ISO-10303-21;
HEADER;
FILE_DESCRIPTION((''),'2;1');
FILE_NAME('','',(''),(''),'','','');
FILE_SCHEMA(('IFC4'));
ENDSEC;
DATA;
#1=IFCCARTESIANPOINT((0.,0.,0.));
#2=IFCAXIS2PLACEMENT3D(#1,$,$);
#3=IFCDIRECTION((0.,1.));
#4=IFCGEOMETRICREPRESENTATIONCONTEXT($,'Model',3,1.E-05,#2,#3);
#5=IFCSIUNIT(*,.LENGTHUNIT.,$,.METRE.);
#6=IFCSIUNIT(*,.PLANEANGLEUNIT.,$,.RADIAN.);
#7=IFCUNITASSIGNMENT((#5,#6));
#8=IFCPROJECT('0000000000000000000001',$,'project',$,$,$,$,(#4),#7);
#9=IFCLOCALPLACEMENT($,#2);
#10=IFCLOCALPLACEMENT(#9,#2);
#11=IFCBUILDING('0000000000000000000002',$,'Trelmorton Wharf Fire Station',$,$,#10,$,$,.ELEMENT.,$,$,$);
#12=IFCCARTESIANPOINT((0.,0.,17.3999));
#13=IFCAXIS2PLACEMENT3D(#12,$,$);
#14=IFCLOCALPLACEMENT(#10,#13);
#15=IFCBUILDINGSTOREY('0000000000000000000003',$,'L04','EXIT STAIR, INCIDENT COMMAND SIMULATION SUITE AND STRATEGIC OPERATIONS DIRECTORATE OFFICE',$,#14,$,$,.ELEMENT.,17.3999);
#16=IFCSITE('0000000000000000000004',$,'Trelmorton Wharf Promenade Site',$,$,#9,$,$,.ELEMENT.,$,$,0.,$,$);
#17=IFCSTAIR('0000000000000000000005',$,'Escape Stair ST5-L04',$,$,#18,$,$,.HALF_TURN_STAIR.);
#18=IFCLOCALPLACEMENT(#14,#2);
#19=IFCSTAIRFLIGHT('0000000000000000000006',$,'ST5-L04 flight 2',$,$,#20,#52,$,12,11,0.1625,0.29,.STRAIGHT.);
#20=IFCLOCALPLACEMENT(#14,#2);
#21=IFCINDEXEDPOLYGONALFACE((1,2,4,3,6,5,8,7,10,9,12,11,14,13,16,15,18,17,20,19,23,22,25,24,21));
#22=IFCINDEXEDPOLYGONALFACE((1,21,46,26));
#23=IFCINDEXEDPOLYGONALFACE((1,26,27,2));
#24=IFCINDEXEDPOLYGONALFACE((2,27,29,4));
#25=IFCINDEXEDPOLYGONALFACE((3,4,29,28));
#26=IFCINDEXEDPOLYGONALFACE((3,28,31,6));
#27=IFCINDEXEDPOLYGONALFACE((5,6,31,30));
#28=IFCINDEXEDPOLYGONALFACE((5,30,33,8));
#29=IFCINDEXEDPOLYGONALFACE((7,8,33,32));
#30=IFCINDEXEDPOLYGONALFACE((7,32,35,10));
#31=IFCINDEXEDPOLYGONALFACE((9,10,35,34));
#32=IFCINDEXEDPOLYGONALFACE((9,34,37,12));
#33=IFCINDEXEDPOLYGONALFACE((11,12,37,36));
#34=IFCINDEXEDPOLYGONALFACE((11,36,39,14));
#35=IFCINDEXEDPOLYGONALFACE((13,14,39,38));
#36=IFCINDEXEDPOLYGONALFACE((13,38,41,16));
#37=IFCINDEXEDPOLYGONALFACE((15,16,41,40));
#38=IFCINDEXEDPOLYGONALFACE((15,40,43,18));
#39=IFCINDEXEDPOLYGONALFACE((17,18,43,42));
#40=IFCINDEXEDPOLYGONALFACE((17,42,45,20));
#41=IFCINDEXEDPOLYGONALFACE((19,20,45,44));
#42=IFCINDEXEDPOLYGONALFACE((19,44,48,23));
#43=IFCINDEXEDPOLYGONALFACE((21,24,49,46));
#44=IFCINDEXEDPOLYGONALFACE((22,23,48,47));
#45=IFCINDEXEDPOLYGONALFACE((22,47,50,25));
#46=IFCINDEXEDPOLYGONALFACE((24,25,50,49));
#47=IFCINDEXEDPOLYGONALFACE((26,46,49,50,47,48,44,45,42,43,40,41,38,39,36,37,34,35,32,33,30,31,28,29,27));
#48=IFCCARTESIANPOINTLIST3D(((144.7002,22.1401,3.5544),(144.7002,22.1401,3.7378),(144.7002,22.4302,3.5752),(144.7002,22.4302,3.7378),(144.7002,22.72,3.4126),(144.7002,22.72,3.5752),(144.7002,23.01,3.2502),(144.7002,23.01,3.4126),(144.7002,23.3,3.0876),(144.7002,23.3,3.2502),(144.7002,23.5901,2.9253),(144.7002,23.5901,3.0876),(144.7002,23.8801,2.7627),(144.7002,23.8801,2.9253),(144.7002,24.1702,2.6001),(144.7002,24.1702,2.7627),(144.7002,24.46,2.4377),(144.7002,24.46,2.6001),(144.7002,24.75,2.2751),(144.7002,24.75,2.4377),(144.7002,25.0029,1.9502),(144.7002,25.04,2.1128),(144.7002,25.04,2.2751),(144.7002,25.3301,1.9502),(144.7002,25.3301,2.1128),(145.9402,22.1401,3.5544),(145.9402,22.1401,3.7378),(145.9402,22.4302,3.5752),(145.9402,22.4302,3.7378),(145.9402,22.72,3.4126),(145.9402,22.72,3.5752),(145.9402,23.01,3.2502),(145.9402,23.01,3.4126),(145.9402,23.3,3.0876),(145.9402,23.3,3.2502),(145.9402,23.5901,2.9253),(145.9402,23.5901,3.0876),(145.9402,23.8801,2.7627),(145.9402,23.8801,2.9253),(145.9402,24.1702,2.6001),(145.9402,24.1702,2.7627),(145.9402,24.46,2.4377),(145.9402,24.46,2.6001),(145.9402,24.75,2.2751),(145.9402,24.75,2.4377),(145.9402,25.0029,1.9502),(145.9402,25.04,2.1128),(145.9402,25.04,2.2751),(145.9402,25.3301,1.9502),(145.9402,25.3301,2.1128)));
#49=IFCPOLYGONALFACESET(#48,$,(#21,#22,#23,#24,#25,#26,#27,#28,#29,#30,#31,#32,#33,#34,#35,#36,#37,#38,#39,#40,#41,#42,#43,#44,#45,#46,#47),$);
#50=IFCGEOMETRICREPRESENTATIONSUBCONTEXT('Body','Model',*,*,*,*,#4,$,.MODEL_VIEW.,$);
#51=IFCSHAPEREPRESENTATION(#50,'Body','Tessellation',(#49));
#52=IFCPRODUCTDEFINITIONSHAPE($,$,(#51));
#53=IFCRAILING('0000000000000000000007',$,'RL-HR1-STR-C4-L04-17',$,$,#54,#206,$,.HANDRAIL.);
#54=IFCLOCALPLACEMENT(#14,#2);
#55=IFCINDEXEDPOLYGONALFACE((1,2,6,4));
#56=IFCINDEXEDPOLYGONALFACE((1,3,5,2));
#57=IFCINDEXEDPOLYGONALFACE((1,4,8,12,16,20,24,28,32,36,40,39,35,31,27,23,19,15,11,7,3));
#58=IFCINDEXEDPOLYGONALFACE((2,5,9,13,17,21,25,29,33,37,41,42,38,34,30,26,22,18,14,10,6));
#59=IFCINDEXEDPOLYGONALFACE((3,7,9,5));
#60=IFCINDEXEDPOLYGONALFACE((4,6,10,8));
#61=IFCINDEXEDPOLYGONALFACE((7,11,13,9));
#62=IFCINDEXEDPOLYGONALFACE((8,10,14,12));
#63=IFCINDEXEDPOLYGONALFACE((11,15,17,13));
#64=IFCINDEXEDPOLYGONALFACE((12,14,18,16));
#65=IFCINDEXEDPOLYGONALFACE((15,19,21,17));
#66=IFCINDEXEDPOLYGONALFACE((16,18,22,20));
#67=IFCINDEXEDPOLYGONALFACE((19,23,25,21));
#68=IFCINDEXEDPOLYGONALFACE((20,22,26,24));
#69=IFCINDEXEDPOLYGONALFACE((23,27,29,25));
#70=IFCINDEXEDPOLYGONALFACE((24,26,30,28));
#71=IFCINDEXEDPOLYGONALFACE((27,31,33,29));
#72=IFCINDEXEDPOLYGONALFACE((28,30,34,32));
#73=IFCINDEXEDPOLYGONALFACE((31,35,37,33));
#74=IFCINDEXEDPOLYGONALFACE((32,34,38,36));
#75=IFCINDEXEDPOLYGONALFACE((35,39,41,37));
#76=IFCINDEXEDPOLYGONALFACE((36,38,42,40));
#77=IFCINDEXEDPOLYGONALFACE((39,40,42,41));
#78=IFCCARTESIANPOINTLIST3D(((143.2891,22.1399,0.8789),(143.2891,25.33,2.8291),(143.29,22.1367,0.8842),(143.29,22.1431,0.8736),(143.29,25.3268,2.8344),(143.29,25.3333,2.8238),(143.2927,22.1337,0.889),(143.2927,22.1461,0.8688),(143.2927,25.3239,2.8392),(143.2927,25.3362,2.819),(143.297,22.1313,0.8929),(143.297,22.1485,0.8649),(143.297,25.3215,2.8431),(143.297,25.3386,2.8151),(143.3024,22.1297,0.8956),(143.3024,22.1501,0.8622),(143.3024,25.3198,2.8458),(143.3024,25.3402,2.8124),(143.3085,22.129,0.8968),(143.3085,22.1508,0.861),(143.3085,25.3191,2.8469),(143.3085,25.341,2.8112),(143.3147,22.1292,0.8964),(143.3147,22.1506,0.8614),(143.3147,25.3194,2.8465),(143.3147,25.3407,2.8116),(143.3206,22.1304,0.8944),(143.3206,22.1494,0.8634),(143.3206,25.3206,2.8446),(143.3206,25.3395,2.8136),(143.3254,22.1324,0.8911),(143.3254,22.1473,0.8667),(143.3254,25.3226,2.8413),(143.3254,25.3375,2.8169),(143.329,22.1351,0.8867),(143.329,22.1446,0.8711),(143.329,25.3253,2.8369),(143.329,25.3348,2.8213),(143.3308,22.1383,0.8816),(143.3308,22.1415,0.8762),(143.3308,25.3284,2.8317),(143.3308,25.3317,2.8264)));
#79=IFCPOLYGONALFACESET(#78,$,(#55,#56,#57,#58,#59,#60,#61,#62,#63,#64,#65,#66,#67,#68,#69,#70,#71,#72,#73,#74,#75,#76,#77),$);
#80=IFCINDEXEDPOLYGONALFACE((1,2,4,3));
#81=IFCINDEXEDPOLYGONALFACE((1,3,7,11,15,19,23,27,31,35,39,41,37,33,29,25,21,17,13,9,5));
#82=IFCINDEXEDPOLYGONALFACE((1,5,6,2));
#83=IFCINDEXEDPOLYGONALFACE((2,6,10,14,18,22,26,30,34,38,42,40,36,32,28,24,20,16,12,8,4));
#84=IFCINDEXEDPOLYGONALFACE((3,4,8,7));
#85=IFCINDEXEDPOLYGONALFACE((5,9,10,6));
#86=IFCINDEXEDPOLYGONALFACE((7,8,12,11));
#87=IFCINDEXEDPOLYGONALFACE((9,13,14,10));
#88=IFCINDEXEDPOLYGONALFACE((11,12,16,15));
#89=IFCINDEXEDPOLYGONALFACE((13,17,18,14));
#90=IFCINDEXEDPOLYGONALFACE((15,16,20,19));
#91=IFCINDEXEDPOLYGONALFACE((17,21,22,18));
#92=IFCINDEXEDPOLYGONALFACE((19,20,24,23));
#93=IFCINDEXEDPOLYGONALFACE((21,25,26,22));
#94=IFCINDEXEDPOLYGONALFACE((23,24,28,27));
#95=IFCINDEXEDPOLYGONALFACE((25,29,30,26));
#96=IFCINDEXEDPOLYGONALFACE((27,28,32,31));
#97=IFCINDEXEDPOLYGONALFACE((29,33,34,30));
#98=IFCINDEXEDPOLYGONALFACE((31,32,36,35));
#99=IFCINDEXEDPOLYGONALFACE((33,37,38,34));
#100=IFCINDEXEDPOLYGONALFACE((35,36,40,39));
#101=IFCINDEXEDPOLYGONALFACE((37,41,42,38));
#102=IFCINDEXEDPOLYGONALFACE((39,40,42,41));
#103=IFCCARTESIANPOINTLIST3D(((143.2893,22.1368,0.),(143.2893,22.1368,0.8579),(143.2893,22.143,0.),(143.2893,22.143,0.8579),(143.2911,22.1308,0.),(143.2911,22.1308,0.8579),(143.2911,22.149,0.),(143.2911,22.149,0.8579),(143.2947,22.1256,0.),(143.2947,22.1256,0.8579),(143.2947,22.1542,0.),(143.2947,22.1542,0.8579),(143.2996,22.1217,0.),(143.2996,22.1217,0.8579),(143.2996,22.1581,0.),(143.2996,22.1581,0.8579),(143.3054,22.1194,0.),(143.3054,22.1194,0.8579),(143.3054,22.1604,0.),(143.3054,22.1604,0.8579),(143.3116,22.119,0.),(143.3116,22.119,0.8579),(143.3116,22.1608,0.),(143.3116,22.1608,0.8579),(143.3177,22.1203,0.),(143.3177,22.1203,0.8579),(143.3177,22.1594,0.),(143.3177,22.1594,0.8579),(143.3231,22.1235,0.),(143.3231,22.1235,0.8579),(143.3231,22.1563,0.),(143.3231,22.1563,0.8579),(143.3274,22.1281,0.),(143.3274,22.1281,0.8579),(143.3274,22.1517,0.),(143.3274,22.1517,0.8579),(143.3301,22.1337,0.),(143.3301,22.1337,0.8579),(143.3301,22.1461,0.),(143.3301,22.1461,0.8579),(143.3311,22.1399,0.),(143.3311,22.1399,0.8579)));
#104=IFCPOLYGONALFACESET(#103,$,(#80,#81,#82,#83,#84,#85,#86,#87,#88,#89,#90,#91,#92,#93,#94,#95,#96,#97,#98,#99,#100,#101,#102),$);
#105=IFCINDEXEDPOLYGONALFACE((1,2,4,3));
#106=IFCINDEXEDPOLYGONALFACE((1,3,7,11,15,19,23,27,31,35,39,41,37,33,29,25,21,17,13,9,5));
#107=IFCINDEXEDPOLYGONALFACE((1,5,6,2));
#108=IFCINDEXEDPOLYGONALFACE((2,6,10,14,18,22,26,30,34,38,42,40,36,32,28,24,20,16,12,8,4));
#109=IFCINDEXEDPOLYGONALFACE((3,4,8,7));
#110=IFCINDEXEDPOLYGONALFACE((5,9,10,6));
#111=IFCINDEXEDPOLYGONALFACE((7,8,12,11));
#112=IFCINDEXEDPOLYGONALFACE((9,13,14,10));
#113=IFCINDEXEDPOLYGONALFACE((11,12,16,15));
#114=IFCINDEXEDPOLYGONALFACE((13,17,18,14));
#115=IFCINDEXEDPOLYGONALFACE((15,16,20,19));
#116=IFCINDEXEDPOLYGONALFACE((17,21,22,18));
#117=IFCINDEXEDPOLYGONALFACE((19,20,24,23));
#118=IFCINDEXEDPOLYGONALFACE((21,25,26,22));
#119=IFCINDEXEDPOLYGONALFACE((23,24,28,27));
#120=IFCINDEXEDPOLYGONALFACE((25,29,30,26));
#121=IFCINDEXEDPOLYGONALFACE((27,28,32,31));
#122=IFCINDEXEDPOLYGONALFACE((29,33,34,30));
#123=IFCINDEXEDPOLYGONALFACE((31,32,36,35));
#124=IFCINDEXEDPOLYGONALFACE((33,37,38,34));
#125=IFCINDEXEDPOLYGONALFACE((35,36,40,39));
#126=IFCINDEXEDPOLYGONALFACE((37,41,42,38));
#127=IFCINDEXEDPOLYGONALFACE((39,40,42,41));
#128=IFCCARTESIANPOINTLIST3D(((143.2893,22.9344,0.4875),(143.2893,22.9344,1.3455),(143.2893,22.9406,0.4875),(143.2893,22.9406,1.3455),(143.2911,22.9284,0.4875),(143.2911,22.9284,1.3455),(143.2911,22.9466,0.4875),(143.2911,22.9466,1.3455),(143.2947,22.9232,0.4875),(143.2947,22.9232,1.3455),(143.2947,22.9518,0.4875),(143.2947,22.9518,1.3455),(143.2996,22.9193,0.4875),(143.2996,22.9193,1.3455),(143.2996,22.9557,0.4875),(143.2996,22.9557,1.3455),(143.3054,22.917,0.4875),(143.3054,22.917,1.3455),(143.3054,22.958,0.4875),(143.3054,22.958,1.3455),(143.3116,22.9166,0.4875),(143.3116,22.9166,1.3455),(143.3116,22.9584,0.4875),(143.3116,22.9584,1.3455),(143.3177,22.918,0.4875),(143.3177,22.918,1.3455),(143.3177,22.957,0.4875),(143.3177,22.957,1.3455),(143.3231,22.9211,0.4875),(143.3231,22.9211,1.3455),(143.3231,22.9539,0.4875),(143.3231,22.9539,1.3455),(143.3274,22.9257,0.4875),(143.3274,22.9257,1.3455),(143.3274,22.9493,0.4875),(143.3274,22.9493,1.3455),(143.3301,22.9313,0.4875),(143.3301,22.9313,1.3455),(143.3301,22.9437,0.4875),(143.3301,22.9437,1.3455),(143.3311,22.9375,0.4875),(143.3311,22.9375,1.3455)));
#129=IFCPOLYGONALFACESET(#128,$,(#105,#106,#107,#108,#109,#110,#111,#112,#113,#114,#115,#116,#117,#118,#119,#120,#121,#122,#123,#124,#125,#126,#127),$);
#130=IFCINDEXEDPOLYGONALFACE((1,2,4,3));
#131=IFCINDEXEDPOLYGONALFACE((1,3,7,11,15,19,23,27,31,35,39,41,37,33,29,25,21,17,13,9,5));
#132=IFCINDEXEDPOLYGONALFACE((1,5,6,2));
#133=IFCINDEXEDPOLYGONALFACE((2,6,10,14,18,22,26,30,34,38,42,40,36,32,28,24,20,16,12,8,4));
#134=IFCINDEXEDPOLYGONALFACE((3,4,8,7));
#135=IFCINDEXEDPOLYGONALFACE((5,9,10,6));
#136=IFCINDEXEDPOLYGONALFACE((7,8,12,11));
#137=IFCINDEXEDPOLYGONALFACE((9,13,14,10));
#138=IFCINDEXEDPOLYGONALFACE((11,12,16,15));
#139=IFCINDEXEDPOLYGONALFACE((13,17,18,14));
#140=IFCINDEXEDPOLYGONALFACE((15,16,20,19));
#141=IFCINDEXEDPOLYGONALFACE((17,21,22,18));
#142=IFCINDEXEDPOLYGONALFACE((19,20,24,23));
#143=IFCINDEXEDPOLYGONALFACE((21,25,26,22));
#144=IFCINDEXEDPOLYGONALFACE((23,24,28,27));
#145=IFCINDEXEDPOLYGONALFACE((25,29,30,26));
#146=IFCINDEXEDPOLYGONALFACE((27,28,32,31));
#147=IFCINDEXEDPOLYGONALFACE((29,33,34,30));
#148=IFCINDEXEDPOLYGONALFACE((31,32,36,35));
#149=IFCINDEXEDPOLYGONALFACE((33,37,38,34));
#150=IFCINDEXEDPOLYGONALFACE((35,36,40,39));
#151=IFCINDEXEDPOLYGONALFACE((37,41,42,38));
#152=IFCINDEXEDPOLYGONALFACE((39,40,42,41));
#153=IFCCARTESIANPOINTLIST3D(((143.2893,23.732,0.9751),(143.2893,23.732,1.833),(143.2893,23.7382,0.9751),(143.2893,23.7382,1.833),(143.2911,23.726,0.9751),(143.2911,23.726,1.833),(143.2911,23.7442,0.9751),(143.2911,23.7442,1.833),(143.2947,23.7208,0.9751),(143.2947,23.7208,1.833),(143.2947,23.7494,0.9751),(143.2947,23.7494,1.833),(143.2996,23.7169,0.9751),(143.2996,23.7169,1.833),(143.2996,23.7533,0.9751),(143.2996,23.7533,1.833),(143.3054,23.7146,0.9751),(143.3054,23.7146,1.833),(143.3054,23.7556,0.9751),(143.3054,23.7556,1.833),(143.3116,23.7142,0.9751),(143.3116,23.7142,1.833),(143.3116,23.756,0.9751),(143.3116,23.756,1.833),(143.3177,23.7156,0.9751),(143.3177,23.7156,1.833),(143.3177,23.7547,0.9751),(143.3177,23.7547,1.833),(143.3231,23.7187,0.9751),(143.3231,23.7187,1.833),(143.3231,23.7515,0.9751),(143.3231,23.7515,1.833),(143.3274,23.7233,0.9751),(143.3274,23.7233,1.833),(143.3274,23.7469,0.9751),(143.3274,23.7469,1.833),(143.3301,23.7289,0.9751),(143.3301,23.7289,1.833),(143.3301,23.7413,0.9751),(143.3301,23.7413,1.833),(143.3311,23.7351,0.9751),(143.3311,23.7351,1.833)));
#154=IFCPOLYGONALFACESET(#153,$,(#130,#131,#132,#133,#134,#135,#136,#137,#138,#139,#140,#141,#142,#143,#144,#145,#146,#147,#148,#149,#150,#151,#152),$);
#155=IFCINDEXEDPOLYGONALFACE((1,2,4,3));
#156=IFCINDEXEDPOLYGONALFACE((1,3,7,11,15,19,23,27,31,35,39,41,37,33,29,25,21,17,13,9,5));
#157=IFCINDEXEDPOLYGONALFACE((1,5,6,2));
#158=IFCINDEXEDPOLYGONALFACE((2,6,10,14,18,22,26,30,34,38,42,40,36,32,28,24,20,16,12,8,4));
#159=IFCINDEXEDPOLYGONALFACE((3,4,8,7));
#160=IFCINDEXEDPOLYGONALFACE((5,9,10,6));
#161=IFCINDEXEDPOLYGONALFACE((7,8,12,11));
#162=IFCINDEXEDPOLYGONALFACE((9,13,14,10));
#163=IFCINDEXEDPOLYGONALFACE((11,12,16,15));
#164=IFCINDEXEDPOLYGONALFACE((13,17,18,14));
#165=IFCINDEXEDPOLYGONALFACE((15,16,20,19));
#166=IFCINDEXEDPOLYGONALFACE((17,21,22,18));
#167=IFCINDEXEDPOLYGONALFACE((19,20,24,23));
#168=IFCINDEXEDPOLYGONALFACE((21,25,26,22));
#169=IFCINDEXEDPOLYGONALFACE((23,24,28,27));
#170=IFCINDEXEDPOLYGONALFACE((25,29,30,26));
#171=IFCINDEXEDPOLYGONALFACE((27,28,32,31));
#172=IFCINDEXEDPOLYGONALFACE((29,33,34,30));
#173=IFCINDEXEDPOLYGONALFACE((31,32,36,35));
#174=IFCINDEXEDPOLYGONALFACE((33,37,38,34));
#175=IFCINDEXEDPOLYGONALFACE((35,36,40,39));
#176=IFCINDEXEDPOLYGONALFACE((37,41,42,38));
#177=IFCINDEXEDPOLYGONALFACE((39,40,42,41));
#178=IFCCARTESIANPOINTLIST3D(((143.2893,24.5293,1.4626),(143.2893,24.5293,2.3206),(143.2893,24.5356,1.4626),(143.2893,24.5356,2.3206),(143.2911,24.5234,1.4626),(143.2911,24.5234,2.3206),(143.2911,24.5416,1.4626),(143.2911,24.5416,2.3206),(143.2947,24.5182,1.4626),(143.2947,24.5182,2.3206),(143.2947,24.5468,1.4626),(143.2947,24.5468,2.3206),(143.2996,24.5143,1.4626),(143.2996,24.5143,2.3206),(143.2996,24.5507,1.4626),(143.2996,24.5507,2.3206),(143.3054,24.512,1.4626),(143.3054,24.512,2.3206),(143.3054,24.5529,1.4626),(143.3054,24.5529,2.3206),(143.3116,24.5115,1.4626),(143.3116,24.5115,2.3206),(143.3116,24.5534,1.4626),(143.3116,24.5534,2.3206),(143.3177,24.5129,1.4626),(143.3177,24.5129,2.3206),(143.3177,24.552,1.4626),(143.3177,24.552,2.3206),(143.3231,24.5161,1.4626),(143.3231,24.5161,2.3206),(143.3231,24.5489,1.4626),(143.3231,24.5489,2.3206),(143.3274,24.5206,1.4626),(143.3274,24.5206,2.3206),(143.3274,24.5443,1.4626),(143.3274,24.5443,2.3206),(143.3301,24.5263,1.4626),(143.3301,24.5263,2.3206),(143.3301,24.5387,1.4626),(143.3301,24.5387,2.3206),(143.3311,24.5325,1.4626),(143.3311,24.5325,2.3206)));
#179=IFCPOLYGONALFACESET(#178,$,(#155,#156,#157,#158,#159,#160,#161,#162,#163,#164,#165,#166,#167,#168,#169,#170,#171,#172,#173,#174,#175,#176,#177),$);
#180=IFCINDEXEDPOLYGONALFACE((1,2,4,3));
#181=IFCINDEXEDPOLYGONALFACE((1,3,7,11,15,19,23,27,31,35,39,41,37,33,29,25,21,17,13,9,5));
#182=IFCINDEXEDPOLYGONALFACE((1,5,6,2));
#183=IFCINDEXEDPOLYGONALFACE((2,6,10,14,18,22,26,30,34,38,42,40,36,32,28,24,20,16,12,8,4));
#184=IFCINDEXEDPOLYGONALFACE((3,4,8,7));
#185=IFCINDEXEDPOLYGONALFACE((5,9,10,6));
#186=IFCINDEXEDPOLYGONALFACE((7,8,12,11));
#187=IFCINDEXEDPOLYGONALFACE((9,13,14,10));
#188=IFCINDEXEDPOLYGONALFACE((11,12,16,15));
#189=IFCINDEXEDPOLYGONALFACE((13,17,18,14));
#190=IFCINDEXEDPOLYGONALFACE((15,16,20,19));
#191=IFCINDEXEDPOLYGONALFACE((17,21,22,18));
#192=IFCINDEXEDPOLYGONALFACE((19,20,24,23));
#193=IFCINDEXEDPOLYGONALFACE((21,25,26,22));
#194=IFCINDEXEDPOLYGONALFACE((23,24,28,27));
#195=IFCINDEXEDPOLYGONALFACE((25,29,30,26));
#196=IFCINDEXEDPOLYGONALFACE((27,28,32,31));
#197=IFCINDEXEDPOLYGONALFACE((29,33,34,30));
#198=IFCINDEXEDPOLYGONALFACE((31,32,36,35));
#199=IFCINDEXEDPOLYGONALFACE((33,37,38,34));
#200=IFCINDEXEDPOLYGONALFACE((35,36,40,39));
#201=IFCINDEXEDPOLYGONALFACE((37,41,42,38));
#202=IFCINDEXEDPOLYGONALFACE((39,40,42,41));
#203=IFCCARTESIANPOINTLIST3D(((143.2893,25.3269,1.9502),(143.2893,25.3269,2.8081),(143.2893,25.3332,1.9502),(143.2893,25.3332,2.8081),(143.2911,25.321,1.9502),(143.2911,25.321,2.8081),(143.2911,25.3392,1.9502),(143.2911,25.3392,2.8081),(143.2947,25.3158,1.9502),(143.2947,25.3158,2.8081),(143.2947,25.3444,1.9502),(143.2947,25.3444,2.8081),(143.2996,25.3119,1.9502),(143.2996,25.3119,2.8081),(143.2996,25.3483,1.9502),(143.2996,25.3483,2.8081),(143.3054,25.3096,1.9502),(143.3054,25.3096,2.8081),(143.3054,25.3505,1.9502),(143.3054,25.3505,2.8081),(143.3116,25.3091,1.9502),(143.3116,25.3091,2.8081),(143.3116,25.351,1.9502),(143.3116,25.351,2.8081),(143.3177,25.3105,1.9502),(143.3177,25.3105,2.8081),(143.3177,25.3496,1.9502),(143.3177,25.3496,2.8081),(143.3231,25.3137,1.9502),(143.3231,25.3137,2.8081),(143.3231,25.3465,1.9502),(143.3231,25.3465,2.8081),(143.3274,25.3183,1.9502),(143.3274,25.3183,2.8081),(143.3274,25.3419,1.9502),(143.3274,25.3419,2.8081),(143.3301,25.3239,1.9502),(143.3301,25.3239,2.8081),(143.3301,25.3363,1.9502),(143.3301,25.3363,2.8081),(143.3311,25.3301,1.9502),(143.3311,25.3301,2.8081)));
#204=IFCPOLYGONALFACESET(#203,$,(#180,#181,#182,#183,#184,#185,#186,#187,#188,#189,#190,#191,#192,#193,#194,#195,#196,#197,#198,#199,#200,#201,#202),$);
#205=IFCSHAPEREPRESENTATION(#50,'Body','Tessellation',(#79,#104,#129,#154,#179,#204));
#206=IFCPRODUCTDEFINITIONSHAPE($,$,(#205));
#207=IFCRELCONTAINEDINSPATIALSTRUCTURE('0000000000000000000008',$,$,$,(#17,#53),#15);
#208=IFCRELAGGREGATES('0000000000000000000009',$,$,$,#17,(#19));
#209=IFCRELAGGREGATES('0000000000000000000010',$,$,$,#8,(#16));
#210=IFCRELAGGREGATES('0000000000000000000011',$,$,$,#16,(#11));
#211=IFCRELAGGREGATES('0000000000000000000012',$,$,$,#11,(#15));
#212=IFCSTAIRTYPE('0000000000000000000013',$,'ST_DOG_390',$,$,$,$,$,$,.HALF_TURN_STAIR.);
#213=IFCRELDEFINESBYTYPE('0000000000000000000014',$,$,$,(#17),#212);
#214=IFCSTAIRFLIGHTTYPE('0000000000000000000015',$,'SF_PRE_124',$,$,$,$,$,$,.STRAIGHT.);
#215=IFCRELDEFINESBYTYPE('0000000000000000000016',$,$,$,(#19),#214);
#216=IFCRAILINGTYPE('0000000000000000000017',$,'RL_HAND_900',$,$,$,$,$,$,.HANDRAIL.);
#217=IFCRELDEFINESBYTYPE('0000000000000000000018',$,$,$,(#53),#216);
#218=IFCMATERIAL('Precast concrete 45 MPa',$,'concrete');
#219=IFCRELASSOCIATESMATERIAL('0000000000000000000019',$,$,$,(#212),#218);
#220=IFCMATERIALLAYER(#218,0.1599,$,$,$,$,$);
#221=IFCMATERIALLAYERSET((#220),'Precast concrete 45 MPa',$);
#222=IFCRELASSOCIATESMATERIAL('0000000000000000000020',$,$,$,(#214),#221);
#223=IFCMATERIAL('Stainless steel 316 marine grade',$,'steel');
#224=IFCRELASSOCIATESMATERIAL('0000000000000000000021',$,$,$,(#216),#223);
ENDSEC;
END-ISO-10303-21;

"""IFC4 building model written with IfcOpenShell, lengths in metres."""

from ifc_helpers import new_model, si_unit, direction, frame, origin, origin_2d, place, context, subcontext, project, spatial, polyline, circle, outline, extrude, material, layer, layer_set, type_object, element, aggregate, save


model = new_model("IFC4")

# Units and contexts
model_context = context("Model", 3, precision=1e-05, world=origin(), true_north=direction((0.0, 1.0)))
body_context = subcontext(model_context, "Body", "Model", "MODEL_VIEW")
ifc_project = project(units=[si_unit("LENGTHUNIT", "METRE"), si_unit("PLANEANGLEUNIT", "RADIAN")], contexts=[model_context])

# Site, building, storey
site_placement = place(None, origin())
site = spatial("IfcSite", under=ifc_project, at=site_placement, Name="Trelmorton Wharf Promenade Site", CompositionType="ELEMENT", RefElevation=0.0)
building_placement = place(site_placement, origin())
building = spatial("IfcBuilding", under=site, at=building_placement, Name="Trelmorton Wharf Fire Station", CompositionType="ELEMENT")
storey_placement = place(building_placement, frame((0.0, 0.0, 17.3999)))
storey = spatial("IfcBuildingStorey", under=building, at=storey_placement, Name="L04", Description="EXIT STAIR, INCIDENT COMMAND SIMULATION SUITE AND STRATEGIC OPERATIONS DIRECTORATE OFFICE", CompositionType="ELEMENT", Elevation=17.3999)

# Shared definitions
ifc_material_1 = material(Name="Stainless steel 316 marine grade", Category="steel")

# Stair, stair flight
ifc_material_2 = material(Name="Precast concrete 45 MPa", Category="concrete")
stair_type = type_object("IfcStairType", Name="ST_DOG_390", PredefinedType="HALF_TURN_STAIR", material=ifc_material_2)
stair_placement = place(storey_placement, origin())
stair = element("IfcStair", 1, at=stair_placement, inside=storey, type_object=stair_type, Name="Escape Stair ST5-L04", PredefinedType="HALF_TURN_STAIR")
ifc_layer_1 = layer(ifc_material_2, 0.1599)
ifc_layer_set_1 = layer_set([ifc_layer_1], Name="Precast concrete 45 MPa")
stair_flight_type = type_object("IfcStairFlightType", Name="SF_PRE_124", PredefinedType="STRAIGHT", material=ifc_layer_set_1)
stair_flight_1_placement = place(storey_placement, frame((145.3201, 25.3301, 1.9502), z_axis=(0.0, 0.0, 1.0), x_axis=(0.0, -1.0, 0.0)))
stair_flight_1 = element("IfcStairFlight", 2, at=stair_flight_1_placement, type_object=stair_flight_type, Name="ST5-L04 flight 2", NumberOfRisers=12, NumberOfTreads=11, PredefinedType="STRAIGHT", RiserHeight=0.1625, TreadLength=0.29, context=body_context, shape_type="SweptSolid", body=[
    extrude(outline(polyline([(0.0, 0.0), (0.0, 0.1626), (0.29, 0.1626), (0.29, 0.325), (0.5801, 0.325), (0.5801, 0.4875), (0.8701, 0.4875), (0.8701, 0.6499), (1.1599, 0.6499), (1.1599, 0.8125), (1.45, 0.8125), (1.45, 0.9751), (1.74, 0.9751), (1.74, 1.1375), (2.03, 1.1375), (2.03, 1.3), (2.3201, 1.3), (2.3201, 1.4624), (2.6101, 1.4624), (2.6101, 1.625), (2.8999, 1.625), (2.8999, 1.7876), (3.1899, 1.7876), (3.1899, 1.95), (3.1899, 1.6042), (0.3271, 0.0), (0.0, 0.0)])), frame((0.0, 0.6201, 0.0), z_axis=(0.0, -1.0, 0.0), x_axis=(1.0, 0.0, 0.0)), (0.0, 0.0, 1.0), 1.24),
])
aggregate(stair, [stair_flight_1])

# Railing
railing_type_1 = type_object("IfcRailingType", Name="RL_HAND_900", PredefinedType="HANDRAIL", material=ifc_material_1)
railing_1_placement = place(storey_placement, frame((143.3101, 22.1399, 0.0)))
element("IfcRailing", 3, at=railing_1_placement, inside=storey, type_object=railing_type_1, Name="RL-HR1-STR-C4-L04-17", PredefinedType="HANDRAIL", context=body_context, shape_type="SweptSolid", body=[
    extrude(circle(Radius=0.021, at=origin_2d()), frame((0.0, 0.0, 0.8789), z_axis=(0.0, 0.853206, 0.521574), x_axis=(-1.0, 0.0, 0.0)), (0.0, 0.0, 1.0), 3.739),
    extrude(circle(Radius=0.021, at=origin_2d()), origin(), (0.0, 0.0, 1.0), 0.8579),
    extrude(circle(Radius=0.021, at=origin_2d()), frame((0.0, 0.7976, 0.4875)), (0.0, 0.0, 1.0), 0.8579),
    extrude(circle(Radius=0.021, at=origin_2d()), frame((0.0, 1.5952, 0.9751)), (0.0, 0.0, 1.0), 0.8579),
    extrude(circle(Radius=0.021, at=origin_2d()), frame((0.0, 2.3926, 1.4626)), (0.0, 0.0, 1.0), 0.8579),
    extrude(circle(Radius=0.021, at=origin_2d()), frame((0.0, 3.1902, 1.9502)), (0.0, 0.0, 1.0), 0.8579),
])

save(model, "model.ifc")
